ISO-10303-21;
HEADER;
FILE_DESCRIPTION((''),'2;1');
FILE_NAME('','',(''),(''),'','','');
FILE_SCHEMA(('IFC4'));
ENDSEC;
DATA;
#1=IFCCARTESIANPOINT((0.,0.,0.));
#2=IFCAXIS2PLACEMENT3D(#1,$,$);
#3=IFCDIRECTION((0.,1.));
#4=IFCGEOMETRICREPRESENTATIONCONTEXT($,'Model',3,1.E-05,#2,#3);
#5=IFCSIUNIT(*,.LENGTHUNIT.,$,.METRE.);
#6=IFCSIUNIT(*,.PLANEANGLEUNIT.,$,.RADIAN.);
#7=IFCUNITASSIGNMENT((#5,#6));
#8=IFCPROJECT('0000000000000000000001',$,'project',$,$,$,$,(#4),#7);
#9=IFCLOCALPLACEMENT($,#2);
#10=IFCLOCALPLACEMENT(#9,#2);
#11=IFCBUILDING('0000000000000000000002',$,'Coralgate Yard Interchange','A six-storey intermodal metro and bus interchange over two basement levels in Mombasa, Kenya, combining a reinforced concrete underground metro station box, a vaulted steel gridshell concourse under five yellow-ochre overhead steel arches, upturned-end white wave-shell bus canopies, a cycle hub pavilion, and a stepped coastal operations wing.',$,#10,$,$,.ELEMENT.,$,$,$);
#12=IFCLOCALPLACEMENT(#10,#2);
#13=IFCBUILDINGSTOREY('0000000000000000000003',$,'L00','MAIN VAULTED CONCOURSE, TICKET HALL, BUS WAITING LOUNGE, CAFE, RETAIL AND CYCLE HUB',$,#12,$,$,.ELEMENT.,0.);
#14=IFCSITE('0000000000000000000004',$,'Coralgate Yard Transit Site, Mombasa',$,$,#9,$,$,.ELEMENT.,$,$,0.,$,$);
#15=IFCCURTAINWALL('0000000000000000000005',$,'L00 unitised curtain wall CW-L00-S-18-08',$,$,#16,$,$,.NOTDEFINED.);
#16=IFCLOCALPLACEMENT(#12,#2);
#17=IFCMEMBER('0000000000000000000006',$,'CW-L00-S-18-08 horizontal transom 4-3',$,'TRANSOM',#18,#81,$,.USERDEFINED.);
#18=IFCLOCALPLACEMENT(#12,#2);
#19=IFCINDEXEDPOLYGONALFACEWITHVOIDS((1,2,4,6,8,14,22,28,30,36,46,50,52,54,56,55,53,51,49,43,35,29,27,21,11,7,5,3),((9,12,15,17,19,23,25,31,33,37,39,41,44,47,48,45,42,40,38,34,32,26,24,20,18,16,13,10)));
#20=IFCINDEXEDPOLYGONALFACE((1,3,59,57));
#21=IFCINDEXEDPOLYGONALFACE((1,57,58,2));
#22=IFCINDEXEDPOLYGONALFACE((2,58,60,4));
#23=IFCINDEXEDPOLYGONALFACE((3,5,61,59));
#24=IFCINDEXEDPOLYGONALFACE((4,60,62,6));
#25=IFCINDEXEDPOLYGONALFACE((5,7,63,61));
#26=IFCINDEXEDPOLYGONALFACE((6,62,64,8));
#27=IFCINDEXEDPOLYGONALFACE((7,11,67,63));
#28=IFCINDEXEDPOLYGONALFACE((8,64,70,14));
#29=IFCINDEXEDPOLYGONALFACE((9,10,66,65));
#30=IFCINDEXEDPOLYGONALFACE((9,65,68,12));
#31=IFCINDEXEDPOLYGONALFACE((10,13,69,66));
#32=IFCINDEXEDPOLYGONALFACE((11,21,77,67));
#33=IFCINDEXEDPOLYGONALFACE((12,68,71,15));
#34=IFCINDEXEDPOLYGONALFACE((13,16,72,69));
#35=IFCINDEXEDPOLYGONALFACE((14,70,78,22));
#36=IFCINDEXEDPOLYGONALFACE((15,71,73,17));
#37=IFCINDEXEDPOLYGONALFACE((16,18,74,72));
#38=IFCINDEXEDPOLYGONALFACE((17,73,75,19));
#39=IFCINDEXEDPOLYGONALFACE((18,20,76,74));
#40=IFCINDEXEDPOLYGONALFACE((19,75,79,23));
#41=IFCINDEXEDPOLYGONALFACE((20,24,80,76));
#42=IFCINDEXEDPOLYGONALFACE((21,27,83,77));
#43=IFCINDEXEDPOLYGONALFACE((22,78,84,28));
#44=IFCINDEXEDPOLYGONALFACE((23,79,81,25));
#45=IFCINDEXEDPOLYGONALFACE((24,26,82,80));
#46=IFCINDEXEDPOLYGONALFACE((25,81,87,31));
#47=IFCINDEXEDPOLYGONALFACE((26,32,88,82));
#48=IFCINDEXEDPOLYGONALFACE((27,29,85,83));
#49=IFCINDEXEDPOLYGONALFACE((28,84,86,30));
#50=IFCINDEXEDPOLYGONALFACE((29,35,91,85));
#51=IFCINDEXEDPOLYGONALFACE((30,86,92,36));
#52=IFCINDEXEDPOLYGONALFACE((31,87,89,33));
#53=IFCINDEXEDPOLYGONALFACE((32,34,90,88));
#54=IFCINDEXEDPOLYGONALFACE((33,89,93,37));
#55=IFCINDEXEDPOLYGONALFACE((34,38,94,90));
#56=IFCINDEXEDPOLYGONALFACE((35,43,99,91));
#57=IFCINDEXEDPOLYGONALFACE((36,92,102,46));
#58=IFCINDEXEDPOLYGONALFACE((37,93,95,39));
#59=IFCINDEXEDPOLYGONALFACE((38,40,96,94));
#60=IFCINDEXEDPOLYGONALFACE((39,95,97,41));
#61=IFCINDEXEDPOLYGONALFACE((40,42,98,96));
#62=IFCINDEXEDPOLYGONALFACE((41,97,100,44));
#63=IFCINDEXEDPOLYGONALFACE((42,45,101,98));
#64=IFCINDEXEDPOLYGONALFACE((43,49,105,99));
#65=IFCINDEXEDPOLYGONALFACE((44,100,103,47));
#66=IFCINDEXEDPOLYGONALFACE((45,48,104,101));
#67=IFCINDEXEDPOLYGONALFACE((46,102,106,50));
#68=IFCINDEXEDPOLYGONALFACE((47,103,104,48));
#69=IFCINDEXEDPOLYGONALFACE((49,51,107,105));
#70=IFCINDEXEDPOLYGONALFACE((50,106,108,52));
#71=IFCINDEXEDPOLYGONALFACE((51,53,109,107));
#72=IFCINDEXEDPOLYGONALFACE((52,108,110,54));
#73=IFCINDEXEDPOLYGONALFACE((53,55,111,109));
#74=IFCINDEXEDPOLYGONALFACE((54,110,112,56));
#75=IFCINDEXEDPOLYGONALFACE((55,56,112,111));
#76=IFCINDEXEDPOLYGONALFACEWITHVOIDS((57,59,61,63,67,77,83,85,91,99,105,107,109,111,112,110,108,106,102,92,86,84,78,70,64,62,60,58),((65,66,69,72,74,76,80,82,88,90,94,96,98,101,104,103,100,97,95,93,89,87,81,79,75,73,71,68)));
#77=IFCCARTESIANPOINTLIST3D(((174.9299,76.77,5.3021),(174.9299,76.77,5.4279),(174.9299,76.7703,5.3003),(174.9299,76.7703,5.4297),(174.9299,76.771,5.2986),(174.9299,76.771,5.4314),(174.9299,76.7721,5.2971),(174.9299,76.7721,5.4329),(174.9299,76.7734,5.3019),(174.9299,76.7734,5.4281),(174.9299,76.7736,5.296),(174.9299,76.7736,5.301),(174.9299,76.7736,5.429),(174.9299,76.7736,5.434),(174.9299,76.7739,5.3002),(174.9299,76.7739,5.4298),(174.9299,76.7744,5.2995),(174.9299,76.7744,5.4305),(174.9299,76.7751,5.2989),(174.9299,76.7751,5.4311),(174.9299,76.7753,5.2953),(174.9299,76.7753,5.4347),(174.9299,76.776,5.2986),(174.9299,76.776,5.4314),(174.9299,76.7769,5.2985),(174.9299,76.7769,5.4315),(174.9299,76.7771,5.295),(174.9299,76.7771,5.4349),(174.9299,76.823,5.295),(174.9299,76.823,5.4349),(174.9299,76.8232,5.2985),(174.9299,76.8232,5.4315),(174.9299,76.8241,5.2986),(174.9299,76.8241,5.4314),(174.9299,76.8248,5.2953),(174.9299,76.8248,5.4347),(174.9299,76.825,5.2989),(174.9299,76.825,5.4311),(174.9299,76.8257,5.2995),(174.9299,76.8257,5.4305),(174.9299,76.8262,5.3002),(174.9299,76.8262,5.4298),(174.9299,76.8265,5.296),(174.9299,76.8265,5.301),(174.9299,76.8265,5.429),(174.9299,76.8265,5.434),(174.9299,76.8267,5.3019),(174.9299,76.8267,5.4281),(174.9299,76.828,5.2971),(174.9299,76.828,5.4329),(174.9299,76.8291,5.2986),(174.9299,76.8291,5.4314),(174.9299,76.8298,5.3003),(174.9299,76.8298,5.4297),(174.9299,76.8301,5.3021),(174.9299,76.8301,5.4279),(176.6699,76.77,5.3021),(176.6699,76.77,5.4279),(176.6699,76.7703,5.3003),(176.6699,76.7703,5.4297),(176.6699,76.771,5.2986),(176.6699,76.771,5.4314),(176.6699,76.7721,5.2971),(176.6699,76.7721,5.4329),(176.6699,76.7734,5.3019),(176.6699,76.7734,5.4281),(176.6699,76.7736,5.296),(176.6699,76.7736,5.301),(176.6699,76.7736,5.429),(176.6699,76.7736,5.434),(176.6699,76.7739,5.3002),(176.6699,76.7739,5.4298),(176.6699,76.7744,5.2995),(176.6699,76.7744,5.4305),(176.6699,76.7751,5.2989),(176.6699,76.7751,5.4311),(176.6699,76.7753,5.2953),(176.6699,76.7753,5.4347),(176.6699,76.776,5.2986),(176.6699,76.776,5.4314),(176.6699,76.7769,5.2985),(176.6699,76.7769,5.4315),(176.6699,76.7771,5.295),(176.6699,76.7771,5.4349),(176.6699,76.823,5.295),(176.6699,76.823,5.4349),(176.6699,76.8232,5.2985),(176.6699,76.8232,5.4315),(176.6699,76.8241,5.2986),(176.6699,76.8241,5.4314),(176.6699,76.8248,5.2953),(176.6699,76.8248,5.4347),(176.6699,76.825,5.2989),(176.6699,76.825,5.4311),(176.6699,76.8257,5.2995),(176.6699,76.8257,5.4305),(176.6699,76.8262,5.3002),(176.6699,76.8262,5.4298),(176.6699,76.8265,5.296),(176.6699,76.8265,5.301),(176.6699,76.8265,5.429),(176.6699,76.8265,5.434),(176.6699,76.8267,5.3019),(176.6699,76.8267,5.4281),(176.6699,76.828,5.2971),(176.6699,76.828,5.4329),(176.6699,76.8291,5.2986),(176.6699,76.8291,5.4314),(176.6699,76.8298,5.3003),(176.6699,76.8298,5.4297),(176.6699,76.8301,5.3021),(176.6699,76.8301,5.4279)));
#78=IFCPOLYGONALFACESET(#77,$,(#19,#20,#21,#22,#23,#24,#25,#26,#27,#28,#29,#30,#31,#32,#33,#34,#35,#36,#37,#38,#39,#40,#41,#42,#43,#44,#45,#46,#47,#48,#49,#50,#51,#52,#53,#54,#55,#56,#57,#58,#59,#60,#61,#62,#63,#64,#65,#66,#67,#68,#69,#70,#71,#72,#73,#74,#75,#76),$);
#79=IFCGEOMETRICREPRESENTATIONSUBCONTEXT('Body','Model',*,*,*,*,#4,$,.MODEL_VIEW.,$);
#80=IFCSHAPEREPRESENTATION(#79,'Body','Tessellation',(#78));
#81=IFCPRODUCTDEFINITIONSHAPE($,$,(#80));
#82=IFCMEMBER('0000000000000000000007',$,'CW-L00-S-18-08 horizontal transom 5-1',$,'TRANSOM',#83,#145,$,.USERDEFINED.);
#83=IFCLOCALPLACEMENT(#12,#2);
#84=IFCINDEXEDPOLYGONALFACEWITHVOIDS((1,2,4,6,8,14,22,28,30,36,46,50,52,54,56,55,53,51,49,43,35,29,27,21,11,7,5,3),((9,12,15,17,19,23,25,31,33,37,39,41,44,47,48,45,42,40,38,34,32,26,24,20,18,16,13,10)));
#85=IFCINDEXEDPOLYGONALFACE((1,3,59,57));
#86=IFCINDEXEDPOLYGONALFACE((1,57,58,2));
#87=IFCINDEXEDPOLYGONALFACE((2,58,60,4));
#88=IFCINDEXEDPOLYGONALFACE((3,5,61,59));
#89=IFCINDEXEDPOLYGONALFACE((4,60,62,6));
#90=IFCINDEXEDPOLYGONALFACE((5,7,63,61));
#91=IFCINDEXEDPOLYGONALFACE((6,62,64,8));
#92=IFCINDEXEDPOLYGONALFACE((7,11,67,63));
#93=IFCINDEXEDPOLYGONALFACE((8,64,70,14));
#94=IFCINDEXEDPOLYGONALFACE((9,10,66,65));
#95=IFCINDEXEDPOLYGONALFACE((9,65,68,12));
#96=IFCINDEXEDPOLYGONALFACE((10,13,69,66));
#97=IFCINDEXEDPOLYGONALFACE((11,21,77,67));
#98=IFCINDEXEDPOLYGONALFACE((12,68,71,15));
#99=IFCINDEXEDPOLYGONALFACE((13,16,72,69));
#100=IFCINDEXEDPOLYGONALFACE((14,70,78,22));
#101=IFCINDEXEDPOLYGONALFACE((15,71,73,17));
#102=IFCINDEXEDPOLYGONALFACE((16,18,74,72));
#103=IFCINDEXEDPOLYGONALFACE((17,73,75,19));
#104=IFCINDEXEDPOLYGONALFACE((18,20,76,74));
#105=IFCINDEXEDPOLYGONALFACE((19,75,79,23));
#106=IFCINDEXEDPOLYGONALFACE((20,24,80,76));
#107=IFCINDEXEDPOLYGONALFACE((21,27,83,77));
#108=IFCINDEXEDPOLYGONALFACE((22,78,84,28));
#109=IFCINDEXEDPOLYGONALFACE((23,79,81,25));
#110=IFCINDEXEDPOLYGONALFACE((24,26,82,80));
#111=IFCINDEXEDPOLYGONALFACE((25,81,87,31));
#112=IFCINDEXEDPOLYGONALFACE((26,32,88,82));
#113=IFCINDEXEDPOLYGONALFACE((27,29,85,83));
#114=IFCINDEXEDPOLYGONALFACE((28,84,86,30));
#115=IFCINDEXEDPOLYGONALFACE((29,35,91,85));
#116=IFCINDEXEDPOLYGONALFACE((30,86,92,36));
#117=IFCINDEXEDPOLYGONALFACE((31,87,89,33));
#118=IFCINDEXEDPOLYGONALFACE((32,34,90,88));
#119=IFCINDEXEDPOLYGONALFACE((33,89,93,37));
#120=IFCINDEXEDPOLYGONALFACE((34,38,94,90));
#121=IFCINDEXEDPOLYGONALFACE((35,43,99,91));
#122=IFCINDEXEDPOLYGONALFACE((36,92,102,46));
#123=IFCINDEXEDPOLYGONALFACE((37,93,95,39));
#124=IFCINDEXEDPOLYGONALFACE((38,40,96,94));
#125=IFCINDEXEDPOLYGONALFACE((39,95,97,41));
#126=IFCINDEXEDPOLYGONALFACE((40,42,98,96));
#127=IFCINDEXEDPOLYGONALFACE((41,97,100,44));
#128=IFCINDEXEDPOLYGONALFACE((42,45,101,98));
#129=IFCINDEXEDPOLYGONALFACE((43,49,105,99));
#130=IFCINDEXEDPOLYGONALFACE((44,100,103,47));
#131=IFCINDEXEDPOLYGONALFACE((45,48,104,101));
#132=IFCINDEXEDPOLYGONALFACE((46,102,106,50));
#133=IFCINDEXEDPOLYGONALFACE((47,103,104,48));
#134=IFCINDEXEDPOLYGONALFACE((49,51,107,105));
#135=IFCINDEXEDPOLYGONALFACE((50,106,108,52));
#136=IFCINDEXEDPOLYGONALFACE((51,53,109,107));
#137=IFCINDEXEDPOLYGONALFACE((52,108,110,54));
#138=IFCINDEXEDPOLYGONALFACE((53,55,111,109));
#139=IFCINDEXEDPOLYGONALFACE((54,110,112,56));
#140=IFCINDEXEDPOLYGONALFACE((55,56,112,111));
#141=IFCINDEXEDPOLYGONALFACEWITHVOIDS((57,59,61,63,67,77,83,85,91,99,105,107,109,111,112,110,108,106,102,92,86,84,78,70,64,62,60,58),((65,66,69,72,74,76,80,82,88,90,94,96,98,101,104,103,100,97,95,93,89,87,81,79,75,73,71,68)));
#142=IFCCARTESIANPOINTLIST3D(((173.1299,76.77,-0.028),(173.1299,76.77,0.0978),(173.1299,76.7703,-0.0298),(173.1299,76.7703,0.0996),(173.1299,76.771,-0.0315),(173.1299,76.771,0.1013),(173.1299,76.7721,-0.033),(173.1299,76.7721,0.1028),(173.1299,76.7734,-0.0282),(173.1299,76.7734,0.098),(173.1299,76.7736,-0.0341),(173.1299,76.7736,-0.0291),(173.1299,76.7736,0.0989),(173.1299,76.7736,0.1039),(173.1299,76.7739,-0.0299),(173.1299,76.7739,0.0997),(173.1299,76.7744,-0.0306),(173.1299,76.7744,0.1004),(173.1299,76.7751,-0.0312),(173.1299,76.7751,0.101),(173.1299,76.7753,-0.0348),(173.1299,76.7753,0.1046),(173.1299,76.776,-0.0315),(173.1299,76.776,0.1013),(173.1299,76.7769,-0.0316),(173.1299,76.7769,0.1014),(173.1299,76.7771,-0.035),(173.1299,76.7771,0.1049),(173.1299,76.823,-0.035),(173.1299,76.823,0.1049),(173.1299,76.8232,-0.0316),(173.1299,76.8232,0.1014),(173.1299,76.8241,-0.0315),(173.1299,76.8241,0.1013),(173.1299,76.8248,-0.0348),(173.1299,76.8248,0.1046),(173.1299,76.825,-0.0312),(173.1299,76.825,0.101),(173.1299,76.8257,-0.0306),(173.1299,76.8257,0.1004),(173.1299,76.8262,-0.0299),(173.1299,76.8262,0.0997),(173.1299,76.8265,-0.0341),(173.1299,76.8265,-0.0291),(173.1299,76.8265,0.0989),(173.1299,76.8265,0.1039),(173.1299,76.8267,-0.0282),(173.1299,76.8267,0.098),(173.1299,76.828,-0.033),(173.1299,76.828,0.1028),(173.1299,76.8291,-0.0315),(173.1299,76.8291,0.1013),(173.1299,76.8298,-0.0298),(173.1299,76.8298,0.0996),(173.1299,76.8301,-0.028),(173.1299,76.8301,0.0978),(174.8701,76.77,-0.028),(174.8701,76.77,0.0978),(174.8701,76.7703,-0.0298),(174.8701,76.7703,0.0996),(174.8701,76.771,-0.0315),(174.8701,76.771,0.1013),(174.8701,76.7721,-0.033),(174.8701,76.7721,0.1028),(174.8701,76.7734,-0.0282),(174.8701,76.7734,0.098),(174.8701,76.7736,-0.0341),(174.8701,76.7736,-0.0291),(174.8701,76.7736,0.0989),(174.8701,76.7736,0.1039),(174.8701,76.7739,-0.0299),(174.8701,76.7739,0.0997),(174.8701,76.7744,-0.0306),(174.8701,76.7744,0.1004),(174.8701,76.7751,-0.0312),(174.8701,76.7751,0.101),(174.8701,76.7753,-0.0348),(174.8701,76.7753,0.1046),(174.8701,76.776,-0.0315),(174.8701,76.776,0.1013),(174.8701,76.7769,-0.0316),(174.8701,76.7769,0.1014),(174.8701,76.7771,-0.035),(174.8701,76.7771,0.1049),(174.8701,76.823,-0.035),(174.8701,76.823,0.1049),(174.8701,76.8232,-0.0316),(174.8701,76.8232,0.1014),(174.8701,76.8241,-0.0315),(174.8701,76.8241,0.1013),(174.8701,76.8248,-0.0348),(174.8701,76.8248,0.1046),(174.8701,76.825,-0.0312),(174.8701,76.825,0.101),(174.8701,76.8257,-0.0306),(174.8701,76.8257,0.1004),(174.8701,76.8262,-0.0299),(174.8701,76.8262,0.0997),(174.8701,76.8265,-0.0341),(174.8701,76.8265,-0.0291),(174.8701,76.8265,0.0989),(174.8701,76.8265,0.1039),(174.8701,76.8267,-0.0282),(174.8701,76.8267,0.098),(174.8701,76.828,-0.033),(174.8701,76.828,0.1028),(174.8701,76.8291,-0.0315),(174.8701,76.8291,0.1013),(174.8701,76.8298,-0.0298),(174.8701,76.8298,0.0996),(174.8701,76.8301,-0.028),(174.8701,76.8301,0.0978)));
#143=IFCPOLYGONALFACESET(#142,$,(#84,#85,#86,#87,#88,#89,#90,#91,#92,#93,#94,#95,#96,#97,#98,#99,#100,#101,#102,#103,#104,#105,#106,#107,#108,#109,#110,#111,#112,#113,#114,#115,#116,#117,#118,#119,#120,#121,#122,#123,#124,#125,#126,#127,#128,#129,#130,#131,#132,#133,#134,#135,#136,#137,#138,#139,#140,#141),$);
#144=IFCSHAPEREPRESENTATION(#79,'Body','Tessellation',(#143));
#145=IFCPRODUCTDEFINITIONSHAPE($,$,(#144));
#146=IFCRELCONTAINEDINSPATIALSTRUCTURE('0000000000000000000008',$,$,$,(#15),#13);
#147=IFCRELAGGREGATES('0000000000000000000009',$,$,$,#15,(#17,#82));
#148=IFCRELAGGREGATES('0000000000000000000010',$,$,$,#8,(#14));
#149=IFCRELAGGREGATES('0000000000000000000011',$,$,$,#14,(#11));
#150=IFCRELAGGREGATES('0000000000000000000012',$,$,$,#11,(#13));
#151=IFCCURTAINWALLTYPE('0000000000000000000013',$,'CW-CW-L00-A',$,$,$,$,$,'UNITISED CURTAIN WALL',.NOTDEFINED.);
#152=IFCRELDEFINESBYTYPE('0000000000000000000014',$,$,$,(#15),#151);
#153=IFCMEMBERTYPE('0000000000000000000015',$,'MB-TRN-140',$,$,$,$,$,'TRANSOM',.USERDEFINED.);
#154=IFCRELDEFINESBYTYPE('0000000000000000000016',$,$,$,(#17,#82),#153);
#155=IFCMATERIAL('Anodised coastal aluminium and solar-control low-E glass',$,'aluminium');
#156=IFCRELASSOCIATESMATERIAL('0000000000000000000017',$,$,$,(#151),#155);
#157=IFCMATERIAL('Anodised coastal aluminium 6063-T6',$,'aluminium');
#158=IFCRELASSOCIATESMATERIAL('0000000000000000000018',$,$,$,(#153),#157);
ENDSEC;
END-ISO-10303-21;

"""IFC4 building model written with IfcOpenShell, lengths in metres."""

from ifc_helpers import new_model, si_unit, direction, frame, origin, origin_2d, place, context, subcontext, project, spatial, hollow_rectangle, extrude, material, material_profile, profile_set, type_object, element, aggregate, save


model = new_model("IFC4")

# Units and contexts
model_context = context("Model", 3, precision=1e-05, world=origin(), true_north=direction((0.0, 1.0)))
body_context = subcontext(model_context, "Body", "Model", "MODEL_VIEW")
ifc_project = project(units=[si_unit("LENGTHUNIT", "METRE"), si_unit("PLANEANGLEUNIT", "RADIAN")], contexts=[model_context])

# Site, building, storey
site_placement = place(None, origin())
site = spatial("IfcSite", under=ifc_project, at=site_placement, Name="Coralgate Yard Transit Site, Mombasa", CompositionType="ELEMENT", RefElevation=0.0)
building_placement = place(site_placement, origin())
building = spatial("IfcBuilding", under=site, at=building_placement, Name="Coralgate Yard Interchange", Description="A six-storey intermodal metro and bus interchange over two basement levels in Mombasa, Kenya, combining a reinforced concrete underground metro station box, a vaulted steel gridshell concourse under five yellow-ochre overhead steel arches, upturned-end white wave-shell bus canopies, a cycle hub pavilion, and a stepped coastal operations wing.", CompositionType="ELEMENT")
storey_placement = place(building_placement, origin())
storey = spatial("IfcBuildingStorey", under=building, at=storey_placement, Name="L00", Description="MAIN VAULTED CONCOURSE, TICKET HALL, BUS WAITING LOUNGE, CAFE, RETAIL AND CYCLE HUB", CompositionType="ELEMENT", Elevation=0.0)

# Shared definitions
ifc_material_1 = material(Name="Anodised coastal aluminium and solar-control low-E glass", Category="aluminium")
ifc_material_2 = material(Name="Anodised coastal aluminium 6063-T6", Category="aluminium")

# Curtain wall, members
curtain_wall_type_1 = type_object("IfcCurtainWallType", Name="CW-CW-L00-A", ElementType="UNITISED CURTAIN WALL", PredefinedType="NOTDEFINED", material=ifc_material_1)
curtain_wall_1_placement = place(storey_placement, origin())
curtain_wall_1 = element("IfcCurtainWall", 1, at=curtain_wall_1_placement, inside=storey, type_object=curtain_wall_type_1, Name="L00 unitised curtain wall CW-L00-S-18-08", PredefinedType="NOTDEFINED")
ifc_material_profile_1 = material_profile(ifc_material_2, hollow_rectangle(XDim=0.0601, YDim=0.1399, WallThickness=0.0034, InnerFilletRadius=0.0034, OuterFilletRadius=0.0071, at=origin_2d()), Name="ALU 60x140x3.5")
ifc_profile_set_1 = profile_set([ifc_material_profile_1], Name="Anodised coastal aluminium 6063-T6")
member_type_1 = type_object("IfcMemberType", Name="MB-TRN-140", ElementType="TRANSOM", PredefinedType="USERDEFINED", material=ifc_profile_set_1)
member_1_placement = place(storey_placement, frame((176.6699, 76.8, 5.365), z_axis=(-1.0, 0.0, 0.0), x_axis=(0.0, -1.0, 0.0)))
member_1 = element("IfcMember", 2, at=member_1_placement, type_object=member_type_1, Name="CW-L00-S-18-08 horizontal transom 4-3", ObjectType="TRANSOM", PredefinedType="USERDEFINED", context=body_context, shape_type="SweptSolid", body=[
    extrude(hollow_rectangle(XDim=0.0601, YDim=0.1399, WallThickness=0.0034, InnerFilletRadius=0.0034, OuterFilletRadius=0.0071, at=origin_2d()), origin(), (0.0, 0.0, 1.0), 1.74),
])
member_2_placement = place(storey_placement, frame((174.8701, 76.8, 0.0349), z_axis=(-1.0, 0.0, 0.0), x_axis=(0.0, -1.0, 0.0)))
member_2 = element("IfcMember", 3, at=member_2_placement, type_object=member_type_1, Name="CW-L00-S-18-08 horizontal transom 5-1", ObjectType="TRANSOM", PredefinedType="USERDEFINED", context=body_context, shape_type="SweptSolid", body=[
    extrude(hollow_rectangle(XDim=0.0601, YDim=0.1399, WallThickness=0.0034, InnerFilletRadius=0.0034, OuterFilletRadius=0.0071, at=origin_2d()), origin(), (0.0, 0.0, 1.0), 1.7402),
])
aggregate(curtain_wall_1, [member_1, member_2])

save(model, "model.ifc")
